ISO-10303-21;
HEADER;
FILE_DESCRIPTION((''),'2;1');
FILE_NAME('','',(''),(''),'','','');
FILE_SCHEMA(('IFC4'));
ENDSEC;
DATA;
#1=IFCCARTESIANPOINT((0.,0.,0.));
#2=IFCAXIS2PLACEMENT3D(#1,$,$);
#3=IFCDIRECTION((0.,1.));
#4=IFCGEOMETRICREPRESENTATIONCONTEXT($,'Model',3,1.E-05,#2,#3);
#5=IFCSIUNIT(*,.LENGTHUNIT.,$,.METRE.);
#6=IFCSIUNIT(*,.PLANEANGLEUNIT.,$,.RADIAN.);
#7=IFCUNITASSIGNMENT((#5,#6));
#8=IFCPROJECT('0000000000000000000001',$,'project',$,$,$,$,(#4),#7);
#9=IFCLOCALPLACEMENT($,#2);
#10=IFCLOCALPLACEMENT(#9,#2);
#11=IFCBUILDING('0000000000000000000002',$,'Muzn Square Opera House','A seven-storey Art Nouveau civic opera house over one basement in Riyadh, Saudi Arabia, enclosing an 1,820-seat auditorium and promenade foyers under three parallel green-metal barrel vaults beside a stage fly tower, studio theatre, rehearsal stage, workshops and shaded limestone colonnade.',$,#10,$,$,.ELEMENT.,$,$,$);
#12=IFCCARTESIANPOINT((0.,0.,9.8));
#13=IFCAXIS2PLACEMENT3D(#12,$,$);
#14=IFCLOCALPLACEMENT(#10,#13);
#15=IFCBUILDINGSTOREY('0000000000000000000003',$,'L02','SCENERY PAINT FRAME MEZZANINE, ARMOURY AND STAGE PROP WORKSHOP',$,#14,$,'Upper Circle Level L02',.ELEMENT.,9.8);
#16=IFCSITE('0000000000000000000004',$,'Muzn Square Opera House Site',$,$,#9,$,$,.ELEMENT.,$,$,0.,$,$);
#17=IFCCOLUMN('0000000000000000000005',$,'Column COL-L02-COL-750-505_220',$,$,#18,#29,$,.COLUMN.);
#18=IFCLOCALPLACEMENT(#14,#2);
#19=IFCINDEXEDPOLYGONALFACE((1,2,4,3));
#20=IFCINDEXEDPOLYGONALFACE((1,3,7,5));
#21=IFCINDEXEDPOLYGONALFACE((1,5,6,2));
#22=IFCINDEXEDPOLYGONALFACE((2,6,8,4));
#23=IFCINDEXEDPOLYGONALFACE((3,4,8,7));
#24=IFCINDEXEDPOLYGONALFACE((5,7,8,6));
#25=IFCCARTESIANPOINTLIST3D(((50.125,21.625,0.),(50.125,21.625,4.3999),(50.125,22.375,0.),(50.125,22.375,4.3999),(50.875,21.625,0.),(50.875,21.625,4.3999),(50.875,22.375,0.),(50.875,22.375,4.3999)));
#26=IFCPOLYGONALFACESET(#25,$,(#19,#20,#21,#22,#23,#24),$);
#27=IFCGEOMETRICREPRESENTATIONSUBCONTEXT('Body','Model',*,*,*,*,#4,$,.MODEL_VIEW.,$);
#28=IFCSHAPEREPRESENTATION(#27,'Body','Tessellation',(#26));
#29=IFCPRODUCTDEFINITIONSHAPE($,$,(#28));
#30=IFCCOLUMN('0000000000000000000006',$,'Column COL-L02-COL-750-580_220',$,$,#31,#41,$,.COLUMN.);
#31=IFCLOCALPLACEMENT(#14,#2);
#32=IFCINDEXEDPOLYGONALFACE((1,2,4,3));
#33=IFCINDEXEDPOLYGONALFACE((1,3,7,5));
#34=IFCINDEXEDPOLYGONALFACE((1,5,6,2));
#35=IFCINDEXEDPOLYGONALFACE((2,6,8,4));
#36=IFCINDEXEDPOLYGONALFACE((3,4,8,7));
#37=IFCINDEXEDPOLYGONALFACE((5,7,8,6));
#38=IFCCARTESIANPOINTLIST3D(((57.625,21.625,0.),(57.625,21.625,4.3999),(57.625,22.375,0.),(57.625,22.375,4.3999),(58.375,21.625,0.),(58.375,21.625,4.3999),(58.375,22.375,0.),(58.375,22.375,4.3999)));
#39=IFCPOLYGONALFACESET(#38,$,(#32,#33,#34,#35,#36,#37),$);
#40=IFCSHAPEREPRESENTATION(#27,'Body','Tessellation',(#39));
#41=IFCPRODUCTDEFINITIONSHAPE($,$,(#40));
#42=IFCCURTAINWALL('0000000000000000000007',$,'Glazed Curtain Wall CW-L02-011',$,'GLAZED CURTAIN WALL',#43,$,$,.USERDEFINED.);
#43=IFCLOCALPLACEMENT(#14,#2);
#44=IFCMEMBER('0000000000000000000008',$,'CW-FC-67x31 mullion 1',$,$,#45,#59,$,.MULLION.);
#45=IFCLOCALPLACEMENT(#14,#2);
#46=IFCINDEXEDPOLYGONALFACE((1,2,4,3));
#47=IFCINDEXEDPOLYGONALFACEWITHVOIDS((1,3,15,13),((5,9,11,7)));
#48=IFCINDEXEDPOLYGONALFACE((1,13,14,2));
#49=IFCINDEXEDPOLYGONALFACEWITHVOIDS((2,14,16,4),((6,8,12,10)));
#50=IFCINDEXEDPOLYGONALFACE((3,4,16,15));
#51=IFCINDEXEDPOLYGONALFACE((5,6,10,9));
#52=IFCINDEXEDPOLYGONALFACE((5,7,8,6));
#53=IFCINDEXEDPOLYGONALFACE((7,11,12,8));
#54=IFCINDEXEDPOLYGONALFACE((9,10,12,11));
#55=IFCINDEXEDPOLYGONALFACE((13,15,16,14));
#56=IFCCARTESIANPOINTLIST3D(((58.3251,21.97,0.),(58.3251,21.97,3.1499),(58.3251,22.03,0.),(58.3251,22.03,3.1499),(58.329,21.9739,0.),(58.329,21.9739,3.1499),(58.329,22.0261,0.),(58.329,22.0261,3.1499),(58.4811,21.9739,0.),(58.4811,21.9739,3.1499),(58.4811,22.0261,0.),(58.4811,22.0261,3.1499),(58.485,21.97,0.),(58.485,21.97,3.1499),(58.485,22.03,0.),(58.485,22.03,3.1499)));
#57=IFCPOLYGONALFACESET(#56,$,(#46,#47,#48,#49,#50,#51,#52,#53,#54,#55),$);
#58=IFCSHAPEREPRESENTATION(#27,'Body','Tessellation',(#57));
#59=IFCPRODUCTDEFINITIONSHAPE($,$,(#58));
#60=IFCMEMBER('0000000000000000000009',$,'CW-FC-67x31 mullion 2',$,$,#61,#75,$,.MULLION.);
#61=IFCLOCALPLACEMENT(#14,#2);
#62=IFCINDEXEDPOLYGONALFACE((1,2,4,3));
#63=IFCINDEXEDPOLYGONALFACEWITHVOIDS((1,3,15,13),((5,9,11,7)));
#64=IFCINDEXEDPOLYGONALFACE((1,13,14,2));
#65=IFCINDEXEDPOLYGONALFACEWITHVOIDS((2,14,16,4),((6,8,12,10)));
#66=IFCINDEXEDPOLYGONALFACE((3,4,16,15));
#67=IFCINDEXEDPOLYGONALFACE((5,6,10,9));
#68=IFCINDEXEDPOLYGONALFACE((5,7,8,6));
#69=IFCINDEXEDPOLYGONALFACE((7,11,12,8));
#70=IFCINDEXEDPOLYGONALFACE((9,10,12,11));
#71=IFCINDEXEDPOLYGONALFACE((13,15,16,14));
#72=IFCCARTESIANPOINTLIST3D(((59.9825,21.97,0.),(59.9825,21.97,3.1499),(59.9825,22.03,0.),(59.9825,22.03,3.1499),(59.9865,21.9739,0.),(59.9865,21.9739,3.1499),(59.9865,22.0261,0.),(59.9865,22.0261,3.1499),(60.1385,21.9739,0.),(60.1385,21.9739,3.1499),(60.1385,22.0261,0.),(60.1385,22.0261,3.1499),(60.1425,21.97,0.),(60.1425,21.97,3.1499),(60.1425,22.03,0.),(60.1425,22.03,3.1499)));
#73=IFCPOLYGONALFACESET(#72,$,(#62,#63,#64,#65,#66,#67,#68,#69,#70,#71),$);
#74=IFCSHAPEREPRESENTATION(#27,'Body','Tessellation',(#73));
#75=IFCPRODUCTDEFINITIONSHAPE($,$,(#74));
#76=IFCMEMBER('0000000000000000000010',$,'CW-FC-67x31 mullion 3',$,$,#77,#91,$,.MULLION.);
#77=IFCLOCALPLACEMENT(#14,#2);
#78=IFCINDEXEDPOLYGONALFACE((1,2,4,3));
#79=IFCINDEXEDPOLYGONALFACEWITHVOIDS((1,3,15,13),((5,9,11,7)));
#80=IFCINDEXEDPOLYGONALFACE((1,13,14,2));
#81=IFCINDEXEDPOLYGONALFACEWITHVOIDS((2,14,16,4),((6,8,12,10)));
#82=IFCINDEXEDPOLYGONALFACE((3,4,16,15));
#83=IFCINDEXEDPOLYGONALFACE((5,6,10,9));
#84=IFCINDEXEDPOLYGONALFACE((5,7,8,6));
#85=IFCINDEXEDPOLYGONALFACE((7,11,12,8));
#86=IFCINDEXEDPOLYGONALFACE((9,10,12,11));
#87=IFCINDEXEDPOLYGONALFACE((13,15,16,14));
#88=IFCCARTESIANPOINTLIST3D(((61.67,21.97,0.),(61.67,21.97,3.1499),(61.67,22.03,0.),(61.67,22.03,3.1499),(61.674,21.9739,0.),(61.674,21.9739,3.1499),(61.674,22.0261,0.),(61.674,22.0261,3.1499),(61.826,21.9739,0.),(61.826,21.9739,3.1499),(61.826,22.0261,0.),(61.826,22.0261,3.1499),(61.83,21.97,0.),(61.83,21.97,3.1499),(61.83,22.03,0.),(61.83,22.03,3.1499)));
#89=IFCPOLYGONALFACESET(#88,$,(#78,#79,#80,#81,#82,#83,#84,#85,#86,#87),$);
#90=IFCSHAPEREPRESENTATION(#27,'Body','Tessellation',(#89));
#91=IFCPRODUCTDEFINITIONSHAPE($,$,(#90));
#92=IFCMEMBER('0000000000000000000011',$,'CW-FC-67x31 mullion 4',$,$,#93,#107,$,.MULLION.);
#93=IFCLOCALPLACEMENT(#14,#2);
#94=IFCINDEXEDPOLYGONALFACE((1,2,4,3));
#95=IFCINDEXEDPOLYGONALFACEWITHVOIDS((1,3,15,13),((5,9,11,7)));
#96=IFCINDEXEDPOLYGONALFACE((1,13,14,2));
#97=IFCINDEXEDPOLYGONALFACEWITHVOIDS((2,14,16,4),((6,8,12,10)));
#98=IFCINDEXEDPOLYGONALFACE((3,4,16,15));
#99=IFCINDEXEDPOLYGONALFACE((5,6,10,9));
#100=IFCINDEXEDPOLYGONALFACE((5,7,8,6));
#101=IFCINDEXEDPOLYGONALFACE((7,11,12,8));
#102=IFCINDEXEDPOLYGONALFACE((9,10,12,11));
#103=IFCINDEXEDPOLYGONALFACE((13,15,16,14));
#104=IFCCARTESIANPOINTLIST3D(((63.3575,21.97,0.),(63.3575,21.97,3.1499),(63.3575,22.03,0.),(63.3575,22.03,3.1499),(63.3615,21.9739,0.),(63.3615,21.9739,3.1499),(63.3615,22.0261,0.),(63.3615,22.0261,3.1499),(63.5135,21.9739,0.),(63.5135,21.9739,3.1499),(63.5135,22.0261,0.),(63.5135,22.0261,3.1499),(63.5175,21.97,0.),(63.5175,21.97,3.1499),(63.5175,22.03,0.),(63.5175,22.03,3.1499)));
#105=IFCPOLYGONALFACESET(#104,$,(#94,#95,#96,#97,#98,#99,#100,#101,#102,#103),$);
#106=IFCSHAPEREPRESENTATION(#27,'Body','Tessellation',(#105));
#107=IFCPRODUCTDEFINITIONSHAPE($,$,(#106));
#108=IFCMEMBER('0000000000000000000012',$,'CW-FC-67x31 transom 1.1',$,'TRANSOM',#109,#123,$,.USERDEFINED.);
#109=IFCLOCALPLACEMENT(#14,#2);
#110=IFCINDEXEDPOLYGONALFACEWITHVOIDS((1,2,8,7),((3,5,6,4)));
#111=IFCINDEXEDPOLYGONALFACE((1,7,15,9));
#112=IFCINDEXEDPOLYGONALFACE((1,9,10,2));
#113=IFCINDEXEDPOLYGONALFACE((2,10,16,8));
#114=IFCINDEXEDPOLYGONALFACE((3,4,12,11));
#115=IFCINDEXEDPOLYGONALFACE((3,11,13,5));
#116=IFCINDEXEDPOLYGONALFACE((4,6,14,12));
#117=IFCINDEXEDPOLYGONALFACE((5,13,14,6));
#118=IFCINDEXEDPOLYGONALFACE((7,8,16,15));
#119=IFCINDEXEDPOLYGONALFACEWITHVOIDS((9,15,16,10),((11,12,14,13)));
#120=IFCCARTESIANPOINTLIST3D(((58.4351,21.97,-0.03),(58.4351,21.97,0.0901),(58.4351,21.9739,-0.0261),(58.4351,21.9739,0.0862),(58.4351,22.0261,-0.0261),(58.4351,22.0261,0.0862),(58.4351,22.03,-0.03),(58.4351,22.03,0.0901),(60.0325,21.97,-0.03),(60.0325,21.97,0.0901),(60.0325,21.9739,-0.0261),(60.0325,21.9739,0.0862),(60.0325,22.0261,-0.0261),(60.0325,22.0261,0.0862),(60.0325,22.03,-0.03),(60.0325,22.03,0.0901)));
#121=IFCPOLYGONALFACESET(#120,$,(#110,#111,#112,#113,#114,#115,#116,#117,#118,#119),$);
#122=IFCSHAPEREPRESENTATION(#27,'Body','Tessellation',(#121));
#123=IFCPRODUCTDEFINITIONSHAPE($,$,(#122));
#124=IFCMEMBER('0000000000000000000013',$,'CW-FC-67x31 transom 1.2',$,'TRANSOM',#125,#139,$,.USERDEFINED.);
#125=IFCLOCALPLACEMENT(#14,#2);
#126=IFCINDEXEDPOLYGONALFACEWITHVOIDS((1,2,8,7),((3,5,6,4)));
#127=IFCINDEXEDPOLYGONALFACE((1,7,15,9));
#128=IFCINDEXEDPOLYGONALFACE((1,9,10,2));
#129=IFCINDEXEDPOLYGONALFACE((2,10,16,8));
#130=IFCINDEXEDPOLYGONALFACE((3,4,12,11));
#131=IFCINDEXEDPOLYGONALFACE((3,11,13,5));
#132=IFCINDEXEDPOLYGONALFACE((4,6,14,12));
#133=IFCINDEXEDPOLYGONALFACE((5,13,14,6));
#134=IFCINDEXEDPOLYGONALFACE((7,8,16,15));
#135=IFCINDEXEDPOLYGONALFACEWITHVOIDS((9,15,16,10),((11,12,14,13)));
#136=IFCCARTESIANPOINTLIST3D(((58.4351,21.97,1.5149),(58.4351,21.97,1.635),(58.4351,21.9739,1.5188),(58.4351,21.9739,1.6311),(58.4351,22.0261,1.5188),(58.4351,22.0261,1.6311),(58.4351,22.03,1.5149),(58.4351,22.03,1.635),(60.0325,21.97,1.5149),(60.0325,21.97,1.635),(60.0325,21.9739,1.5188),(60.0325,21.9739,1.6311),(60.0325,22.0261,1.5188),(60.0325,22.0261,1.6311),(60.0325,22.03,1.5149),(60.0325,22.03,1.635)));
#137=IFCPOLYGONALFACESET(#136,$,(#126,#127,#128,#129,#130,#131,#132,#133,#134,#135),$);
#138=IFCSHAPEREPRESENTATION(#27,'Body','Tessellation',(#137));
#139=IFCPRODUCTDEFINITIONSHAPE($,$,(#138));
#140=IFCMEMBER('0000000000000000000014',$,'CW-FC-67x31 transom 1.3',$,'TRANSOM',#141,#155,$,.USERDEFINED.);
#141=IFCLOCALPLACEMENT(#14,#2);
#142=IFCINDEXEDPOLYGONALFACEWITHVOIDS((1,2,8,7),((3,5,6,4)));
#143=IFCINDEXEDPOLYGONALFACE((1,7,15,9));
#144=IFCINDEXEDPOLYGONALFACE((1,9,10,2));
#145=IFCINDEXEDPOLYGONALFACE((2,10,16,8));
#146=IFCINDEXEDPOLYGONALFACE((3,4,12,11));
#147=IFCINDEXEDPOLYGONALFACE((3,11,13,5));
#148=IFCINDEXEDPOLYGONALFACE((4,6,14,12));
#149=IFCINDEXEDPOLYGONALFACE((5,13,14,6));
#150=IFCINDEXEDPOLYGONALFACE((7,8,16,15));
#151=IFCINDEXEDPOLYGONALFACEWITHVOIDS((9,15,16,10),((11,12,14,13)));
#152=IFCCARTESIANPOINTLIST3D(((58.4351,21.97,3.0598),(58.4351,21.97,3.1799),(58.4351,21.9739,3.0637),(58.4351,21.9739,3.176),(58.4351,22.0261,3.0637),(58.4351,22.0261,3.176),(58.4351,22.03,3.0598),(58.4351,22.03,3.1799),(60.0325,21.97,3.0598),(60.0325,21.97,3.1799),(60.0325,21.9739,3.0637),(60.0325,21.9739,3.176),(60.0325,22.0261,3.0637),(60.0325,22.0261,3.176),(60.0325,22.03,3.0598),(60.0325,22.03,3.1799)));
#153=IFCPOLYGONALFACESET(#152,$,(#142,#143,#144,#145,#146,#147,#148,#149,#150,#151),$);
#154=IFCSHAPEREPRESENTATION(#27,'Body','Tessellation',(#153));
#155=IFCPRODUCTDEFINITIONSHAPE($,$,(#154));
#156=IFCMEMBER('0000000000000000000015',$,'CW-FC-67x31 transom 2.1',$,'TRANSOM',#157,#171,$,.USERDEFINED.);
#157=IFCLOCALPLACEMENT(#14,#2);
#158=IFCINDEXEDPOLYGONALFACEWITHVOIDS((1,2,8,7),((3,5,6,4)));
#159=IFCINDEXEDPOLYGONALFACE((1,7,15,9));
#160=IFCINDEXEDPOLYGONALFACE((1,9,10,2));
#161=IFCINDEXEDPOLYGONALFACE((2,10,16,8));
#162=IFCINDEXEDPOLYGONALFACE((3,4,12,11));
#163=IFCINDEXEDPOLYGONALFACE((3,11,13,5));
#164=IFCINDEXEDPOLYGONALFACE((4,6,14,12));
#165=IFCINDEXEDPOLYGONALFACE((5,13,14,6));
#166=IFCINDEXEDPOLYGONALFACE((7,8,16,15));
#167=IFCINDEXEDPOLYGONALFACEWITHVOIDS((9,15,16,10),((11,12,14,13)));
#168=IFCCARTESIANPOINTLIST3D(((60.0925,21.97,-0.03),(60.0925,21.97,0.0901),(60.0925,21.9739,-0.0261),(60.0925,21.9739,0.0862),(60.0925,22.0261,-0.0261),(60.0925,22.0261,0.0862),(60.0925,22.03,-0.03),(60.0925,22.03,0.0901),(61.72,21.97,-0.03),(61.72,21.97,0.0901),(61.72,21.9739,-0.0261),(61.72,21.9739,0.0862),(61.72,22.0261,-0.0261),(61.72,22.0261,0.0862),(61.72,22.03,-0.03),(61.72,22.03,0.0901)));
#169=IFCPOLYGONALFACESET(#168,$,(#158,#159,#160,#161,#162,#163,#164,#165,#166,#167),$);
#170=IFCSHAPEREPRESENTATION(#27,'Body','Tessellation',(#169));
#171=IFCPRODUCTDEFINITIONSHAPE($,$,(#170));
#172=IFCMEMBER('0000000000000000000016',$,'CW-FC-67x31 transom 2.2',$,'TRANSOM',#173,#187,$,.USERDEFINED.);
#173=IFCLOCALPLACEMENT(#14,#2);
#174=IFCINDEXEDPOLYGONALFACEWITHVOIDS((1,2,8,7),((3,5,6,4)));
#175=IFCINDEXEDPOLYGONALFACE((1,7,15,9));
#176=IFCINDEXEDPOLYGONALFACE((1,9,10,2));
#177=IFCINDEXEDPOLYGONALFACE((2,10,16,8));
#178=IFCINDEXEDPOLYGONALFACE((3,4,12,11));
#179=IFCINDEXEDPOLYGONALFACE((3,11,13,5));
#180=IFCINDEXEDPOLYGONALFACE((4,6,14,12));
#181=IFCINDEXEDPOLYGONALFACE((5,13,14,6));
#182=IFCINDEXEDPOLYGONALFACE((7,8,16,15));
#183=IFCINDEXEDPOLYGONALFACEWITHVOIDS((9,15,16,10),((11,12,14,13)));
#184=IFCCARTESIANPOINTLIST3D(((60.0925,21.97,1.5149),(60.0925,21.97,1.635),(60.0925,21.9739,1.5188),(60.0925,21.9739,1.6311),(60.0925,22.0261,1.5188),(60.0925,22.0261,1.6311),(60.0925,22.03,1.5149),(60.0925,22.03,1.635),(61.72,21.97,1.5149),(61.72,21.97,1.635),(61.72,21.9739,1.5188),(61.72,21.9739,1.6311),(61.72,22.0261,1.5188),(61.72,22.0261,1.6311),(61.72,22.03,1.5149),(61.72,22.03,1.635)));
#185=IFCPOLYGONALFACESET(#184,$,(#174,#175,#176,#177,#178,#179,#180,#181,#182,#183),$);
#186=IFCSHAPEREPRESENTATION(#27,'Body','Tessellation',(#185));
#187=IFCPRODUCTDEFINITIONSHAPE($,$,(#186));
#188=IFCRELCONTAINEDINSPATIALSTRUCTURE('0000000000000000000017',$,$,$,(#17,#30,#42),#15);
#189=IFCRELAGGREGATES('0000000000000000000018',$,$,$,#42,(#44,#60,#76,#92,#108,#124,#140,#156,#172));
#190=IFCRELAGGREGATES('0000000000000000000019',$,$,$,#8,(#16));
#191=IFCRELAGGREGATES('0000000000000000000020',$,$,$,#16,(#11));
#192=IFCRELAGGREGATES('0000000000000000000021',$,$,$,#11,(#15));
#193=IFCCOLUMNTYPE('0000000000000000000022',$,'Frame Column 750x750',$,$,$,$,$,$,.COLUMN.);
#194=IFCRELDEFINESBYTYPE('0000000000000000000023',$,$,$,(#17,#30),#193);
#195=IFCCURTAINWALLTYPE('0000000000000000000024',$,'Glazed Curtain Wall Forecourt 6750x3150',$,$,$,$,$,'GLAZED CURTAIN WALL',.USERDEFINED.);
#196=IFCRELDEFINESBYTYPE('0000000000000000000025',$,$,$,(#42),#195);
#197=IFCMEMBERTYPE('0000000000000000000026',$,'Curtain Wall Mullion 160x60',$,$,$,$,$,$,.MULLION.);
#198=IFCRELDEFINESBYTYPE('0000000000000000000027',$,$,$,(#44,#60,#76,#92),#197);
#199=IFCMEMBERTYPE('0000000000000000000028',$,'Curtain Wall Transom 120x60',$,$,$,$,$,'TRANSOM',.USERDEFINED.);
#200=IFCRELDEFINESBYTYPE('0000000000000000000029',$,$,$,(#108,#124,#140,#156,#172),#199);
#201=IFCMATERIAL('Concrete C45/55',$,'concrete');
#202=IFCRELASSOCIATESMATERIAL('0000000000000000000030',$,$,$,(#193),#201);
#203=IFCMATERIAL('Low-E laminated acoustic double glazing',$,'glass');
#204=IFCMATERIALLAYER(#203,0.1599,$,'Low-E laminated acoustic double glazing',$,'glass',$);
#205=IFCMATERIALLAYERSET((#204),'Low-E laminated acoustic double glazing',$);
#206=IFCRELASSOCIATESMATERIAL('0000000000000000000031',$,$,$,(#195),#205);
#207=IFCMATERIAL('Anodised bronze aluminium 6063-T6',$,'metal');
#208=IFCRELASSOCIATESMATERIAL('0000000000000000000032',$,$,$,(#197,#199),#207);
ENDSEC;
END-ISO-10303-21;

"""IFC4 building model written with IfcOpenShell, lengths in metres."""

from ifc_helpers import new_model, si_unit, direction, frame, origin, origin_2d, place, context, subcontext, project, spatial, rectangle, hollow_rectangle, extrude, material, layer, layer_set, material_profile, profile_set, type_object, element, aggregate, save


model = new_model("IFC4")

# Units and contexts
model_context = context("Model", 3, precision=1e-05, world=origin(), true_north=direction((0.0, 1.0)))
body_context = subcontext(model_context, "Body", "Model", "MODEL_VIEW")
ifc_project = project(units=[si_unit("LENGTHUNIT", "METRE"), si_unit("PLANEANGLEUNIT", "RADIAN")], contexts=[model_context])

# Site, building, storey
site_placement = place(None, origin())
site = spatial("IfcSite", under=ifc_project, at=site_placement, Name="Muzn Square Opera House Site", CompositionType="ELEMENT", RefElevation=0.0)
building_placement = place(site_placement, origin())
building = spatial("IfcBuilding", under=site, at=building_placement, Name="Muzn Square Opera House", Description="A seven-storey Art Nouveau civic opera house over one basement in Riyadh, Saudi Arabia, enclosing an 1,820-seat auditorium and promenade foyers under three parallel green-metal barrel vaults beside a stage fly tower, studio theatre, rehearsal stage, workshops and shaded limestone colonnade.", CompositionType="ELEMENT")
storey_placement = place(building_placement, frame((0.0, 0.0, 9.8)))
storey = spatial("IfcBuildingStorey", under=building, at=storey_placement, Name="L02", Description="SCENERY PAINT FRAME MEZZANINE, ARMOURY AND STAGE PROP WORKSHOP", LongName="Upper Circle Level L02", CompositionType="ELEMENT", Elevation=9.8)

# Columns
ifc_material_1 = material(Name="Concrete C45/55", Category="concrete")
ifc_material_profile_1 = material_profile(ifc_material_1, rectangle(XDim=0.75, YDim=0.75, at=origin_2d()), Name="RC 750x750", Category="concrete")
ifc_profile_set_1 = profile_set([ifc_material_profile_1], Name="Concrete C45/55")
column_type = type_object("IfcColumnType", Name="Frame Column 750x750", PredefinedType="COLUMN", material=ifc_profile_set_1)
for number, where, z_axis, x_axis, name in (
    (1, (50.5, 22.0, 0.0), (0.0, 0.0, 1.0), (1.0, 0.0, 0.0), "Column COL-L02-COL-750-505_220"),
    (2, (58.0, 22.0, 0.0), (0.0, 0.0, 1.0), (1.0, 0.0, 0.0), "Column COL-L02-COL-750-580_220"),
):
    element("IfcColumn", number, at=place(storey_placement, frame(where, z_axis=z_axis, x_axis=x_axis)), inside=storey, type_object=column_type, Name=name, PredefinedType="COLUMN", context=body_context, shape_type="SweptSolid", body=[
        extrude(rectangle(XDim=0.75, YDim=0.75, at=origin_2d()), origin(), (0.0, 0.0, 1.0), 4.3999),
    ])

# Curtain wall, members
ifc_material_2 = material(Name="Low-E laminated acoustic double glazing", Category="glass")
ifc_layer_1 = layer(ifc_material_2, 0.1599, Name="Low-E laminated acoustic double glazing", Category="glass")
ifc_layer_set_1 = layer_set([ifc_layer_1], Name="Low-E laminated acoustic double glazing")
curtain_wall_type = type_object("IfcCurtainWallType", Name="Glazed Curtain Wall Forecourt 6750x3150", ElementType="GLAZED CURTAIN WALL", PredefinedType="USERDEFINED", material=ifc_layer_set_1)
curtain_wall_placement = place(storey_placement, origin())
curtain_wall = element("IfcCurtainWall", 3, at=curtain_wall_placement, inside=storey, type_object=curtain_wall_type, Name="Glazed Curtain Wall CW-L02-011", ObjectType="GLAZED CURTAIN WALL", PredefinedType="USERDEFINED")
ifc_material_3 = material(Name="Anodised bronze aluminium 6063-T6", Category="metal")
ifc_material_profile_2 = material_profile(ifc_material_3, hollow_rectangle(XDim=0.0601, YDim=0.1599, WallThickness=0.0039, at=origin_2d()), Name="ALU 160x60x4", Category="metal")
ifc_profile_set_2 = profile_set([ifc_material_profile_2], Name="Anodised bronze aluminium 6063-T6")
member_type_1 = type_object("IfcMemberType", Name="Curtain Wall Mullion 160x60", PredefinedType="MULLION", material=ifc_profile_set_2)
member_1_placement = place(storey_placement, frame((58.405, 22.0, 0.0), z_axis=(0.0, 0.0, 1.0), x_axis=(0.0, 1.0, 0.0)))
member_1 = element("IfcMember", 4, at=member_1_placement, type_object=member_type_1, Name="CW-FC-67x31 mullion 1", PredefinedType="MULLION", context=body_context, shape_type="SweptSolid", body=[
    extrude(hollow_rectangle(XDim=0.0601, YDim=0.1599, WallThickness=0.0039, at=origin_2d()), origin(), (0.0, 0.0, 1.0), 3.1499),
])
member_2_placement = place(storey_placement, frame((60.0625, 22.0, 0.0), z_axis=(0.0, 0.0, 1.0), x_axis=(0.0, 1.0, 0.0)))
member_2 = element("IfcMember", 5, at=member_2_placement, type_object=member_type_1, Name="CW-FC-67x31 mullion 2", PredefinedType="MULLION", context=body_context, shape_type="SweptSolid", body=[
    extrude(hollow_rectangle(XDim=0.0601, YDim=0.1599, WallThickness=0.0039, at=origin_2d()), origin(), (0.0, 0.0, 1.0), 3.1499),
])
member_3_placement = place(storey_placement, frame((61.75, 22.0, 0.0), z_axis=(0.0, 0.0, 1.0), x_axis=(0.0, 1.0, 0.0)))
member_3 = element("IfcMember", 6, at=member_3_placement, type_object=member_type_1, Name="CW-FC-67x31 mullion 3", PredefinedType="MULLION", context=body_context, shape_type="SweptSolid", body=[
    extrude(hollow_rectangle(XDim=0.0601, YDim=0.1599, WallThickness=0.0039, at=origin_2d()), origin(), (0.0, 0.0, 1.0), 3.1499),
])
member_4_placement = place(storey_placement, frame((63.4375, 22.0, 0.0), z_axis=(0.0, 0.0, 1.0), x_axis=(0.0, 1.0, 0.0)))
member_4 = element("IfcMember", 7, at=member_4_placement, type_object=member_type_1, Name="CW-FC-67x31 mullion 4", PredefinedType="MULLION", context=body_context, shape_type="SweptSolid", body=[
    extrude(hollow_rectangle(XDim=0.0601, YDim=0.1599, WallThickness=0.0039, at=origin_2d()), origin(), (0.0, 0.0, 1.0), 3.1499),
])
ifc_material_profile_3 = material_profile(ifc_material_3, hollow_rectangle(XDim=0.0601, YDim=0.1201, WallThickness=0.0039, at=origin_2d()), Name="ALU 120x60x4", Category="metal")
ifc_profile_set_3 = profile_set([ifc_material_profile_3], Name="Anodised bronze aluminium 6063-T6")
member_type_2 = type_object("IfcMemberType", Name="Curtain Wall Transom 120x60", ElementType="TRANSOM", PredefinedType="USERDEFINED", material=ifc_profile_set_3)
member_5_placement = place(storey_placement, frame((58.4351, 22.0, 0.03), z_axis=(1.0, 0.0, 0.0), x_axis=(0.0, 1.0, 0.0)))
member_5 = element("IfcMember", 8, at=member_5_placement, type_object=member_type_2, Name="CW-FC-67x31 transom 1.1", ObjectType="TRANSOM", PredefinedType="USERDEFINED", context=body_context, shape_type="SweptSolid", body=[
    extrude(hollow_rectangle(XDim=0.0601, YDim=0.1201, WallThickness=0.0039, at=origin_2d()), origin(), (0.0, 0.0, 1.0), 1.5974),
])
member_6_placement = place(storey_placement, frame((58.4351, 22.0, 1.575), z_axis=(1.0, 0.0, 0.0), x_axis=(0.0, 1.0, 0.0)))
member_6 = element("IfcMember", 9, at=member_6_placement, type_object=member_type_2, Name="CW-FC-67x31 transom 1.2", ObjectType="TRANSOM", PredefinedType="USERDEFINED", context=body_context, shape_type="SweptSolid", body=[
    extrude(hollow_rectangle(XDim=0.0601, YDim=0.1201, WallThickness=0.0039, at=origin_2d()), origin(), (0.0, 0.0, 1.0), 1.5974),
])
member_7_placement = place(storey_placement, frame((58.4351, 22.0, 3.1199), z_axis=(1.0, 0.0, 0.0), x_axis=(0.0, 1.0, 0.0)))
member_7 = element("IfcMember", 10, at=member_7_placement, type_object=member_type_2, Name="CW-FC-67x31 transom 1.3", ObjectType="TRANSOM", PredefinedType="USERDEFINED", context=body_context, shape_type="SweptSolid", body=[
    extrude(hollow_rectangle(XDim=0.0601, YDim=0.1201, WallThickness=0.0039, at=origin_2d()), origin(), (0.0, 0.0, 1.0), 1.5974),
])
member_8_placement = place(storey_placement, frame((60.0925, 22.0, 0.03), z_axis=(1.0, 0.0, 0.0), x_axis=(0.0, 1.0, 0.0)))
member_8 = element("IfcMember", 11, at=member_8_placement, type_object=member_type_2, Name="CW-FC-67x31 transom 2.1", ObjectType="TRANSOM", PredefinedType="USERDEFINED", context=body_context, shape_type="SweptSolid", body=[
    extrude(hollow_rectangle(XDim=0.0601, YDim=0.1201, WallThickness=0.0039, at=origin_2d()), origin(), (0.0, 0.0, 1.0), 1.6274),
])
member_9_placement = place(storey_placement, frame((60.0925, 22.0, 1.575), z_axis=(1.0, 0.0, 0.0), x_axis=(0.0, 1.0, 0.0)))
member_9 = element("IfcMember", 12, at=member_9_placement, type_object=member_type_2, Name="CW-FC-67x31 transom 2.2", ObjectType="TRANSOM", PredefinedType="USERDEFINED", context=body_context, shape_type="SweptSolid", body=[
    extrude(hollow_rectangle(XDim=0.0601, YDim=0.1201, WallThickness=0.0039, at=origin_2d()), origin(), (0.0, 0.0, 1.0), 1.6274),
])

aggregate(curtain_wall, [member_1, member_2, member_3, member_4, member_5, member_6, member_7, member_8, member_9])

save(model, "model.ifc")
